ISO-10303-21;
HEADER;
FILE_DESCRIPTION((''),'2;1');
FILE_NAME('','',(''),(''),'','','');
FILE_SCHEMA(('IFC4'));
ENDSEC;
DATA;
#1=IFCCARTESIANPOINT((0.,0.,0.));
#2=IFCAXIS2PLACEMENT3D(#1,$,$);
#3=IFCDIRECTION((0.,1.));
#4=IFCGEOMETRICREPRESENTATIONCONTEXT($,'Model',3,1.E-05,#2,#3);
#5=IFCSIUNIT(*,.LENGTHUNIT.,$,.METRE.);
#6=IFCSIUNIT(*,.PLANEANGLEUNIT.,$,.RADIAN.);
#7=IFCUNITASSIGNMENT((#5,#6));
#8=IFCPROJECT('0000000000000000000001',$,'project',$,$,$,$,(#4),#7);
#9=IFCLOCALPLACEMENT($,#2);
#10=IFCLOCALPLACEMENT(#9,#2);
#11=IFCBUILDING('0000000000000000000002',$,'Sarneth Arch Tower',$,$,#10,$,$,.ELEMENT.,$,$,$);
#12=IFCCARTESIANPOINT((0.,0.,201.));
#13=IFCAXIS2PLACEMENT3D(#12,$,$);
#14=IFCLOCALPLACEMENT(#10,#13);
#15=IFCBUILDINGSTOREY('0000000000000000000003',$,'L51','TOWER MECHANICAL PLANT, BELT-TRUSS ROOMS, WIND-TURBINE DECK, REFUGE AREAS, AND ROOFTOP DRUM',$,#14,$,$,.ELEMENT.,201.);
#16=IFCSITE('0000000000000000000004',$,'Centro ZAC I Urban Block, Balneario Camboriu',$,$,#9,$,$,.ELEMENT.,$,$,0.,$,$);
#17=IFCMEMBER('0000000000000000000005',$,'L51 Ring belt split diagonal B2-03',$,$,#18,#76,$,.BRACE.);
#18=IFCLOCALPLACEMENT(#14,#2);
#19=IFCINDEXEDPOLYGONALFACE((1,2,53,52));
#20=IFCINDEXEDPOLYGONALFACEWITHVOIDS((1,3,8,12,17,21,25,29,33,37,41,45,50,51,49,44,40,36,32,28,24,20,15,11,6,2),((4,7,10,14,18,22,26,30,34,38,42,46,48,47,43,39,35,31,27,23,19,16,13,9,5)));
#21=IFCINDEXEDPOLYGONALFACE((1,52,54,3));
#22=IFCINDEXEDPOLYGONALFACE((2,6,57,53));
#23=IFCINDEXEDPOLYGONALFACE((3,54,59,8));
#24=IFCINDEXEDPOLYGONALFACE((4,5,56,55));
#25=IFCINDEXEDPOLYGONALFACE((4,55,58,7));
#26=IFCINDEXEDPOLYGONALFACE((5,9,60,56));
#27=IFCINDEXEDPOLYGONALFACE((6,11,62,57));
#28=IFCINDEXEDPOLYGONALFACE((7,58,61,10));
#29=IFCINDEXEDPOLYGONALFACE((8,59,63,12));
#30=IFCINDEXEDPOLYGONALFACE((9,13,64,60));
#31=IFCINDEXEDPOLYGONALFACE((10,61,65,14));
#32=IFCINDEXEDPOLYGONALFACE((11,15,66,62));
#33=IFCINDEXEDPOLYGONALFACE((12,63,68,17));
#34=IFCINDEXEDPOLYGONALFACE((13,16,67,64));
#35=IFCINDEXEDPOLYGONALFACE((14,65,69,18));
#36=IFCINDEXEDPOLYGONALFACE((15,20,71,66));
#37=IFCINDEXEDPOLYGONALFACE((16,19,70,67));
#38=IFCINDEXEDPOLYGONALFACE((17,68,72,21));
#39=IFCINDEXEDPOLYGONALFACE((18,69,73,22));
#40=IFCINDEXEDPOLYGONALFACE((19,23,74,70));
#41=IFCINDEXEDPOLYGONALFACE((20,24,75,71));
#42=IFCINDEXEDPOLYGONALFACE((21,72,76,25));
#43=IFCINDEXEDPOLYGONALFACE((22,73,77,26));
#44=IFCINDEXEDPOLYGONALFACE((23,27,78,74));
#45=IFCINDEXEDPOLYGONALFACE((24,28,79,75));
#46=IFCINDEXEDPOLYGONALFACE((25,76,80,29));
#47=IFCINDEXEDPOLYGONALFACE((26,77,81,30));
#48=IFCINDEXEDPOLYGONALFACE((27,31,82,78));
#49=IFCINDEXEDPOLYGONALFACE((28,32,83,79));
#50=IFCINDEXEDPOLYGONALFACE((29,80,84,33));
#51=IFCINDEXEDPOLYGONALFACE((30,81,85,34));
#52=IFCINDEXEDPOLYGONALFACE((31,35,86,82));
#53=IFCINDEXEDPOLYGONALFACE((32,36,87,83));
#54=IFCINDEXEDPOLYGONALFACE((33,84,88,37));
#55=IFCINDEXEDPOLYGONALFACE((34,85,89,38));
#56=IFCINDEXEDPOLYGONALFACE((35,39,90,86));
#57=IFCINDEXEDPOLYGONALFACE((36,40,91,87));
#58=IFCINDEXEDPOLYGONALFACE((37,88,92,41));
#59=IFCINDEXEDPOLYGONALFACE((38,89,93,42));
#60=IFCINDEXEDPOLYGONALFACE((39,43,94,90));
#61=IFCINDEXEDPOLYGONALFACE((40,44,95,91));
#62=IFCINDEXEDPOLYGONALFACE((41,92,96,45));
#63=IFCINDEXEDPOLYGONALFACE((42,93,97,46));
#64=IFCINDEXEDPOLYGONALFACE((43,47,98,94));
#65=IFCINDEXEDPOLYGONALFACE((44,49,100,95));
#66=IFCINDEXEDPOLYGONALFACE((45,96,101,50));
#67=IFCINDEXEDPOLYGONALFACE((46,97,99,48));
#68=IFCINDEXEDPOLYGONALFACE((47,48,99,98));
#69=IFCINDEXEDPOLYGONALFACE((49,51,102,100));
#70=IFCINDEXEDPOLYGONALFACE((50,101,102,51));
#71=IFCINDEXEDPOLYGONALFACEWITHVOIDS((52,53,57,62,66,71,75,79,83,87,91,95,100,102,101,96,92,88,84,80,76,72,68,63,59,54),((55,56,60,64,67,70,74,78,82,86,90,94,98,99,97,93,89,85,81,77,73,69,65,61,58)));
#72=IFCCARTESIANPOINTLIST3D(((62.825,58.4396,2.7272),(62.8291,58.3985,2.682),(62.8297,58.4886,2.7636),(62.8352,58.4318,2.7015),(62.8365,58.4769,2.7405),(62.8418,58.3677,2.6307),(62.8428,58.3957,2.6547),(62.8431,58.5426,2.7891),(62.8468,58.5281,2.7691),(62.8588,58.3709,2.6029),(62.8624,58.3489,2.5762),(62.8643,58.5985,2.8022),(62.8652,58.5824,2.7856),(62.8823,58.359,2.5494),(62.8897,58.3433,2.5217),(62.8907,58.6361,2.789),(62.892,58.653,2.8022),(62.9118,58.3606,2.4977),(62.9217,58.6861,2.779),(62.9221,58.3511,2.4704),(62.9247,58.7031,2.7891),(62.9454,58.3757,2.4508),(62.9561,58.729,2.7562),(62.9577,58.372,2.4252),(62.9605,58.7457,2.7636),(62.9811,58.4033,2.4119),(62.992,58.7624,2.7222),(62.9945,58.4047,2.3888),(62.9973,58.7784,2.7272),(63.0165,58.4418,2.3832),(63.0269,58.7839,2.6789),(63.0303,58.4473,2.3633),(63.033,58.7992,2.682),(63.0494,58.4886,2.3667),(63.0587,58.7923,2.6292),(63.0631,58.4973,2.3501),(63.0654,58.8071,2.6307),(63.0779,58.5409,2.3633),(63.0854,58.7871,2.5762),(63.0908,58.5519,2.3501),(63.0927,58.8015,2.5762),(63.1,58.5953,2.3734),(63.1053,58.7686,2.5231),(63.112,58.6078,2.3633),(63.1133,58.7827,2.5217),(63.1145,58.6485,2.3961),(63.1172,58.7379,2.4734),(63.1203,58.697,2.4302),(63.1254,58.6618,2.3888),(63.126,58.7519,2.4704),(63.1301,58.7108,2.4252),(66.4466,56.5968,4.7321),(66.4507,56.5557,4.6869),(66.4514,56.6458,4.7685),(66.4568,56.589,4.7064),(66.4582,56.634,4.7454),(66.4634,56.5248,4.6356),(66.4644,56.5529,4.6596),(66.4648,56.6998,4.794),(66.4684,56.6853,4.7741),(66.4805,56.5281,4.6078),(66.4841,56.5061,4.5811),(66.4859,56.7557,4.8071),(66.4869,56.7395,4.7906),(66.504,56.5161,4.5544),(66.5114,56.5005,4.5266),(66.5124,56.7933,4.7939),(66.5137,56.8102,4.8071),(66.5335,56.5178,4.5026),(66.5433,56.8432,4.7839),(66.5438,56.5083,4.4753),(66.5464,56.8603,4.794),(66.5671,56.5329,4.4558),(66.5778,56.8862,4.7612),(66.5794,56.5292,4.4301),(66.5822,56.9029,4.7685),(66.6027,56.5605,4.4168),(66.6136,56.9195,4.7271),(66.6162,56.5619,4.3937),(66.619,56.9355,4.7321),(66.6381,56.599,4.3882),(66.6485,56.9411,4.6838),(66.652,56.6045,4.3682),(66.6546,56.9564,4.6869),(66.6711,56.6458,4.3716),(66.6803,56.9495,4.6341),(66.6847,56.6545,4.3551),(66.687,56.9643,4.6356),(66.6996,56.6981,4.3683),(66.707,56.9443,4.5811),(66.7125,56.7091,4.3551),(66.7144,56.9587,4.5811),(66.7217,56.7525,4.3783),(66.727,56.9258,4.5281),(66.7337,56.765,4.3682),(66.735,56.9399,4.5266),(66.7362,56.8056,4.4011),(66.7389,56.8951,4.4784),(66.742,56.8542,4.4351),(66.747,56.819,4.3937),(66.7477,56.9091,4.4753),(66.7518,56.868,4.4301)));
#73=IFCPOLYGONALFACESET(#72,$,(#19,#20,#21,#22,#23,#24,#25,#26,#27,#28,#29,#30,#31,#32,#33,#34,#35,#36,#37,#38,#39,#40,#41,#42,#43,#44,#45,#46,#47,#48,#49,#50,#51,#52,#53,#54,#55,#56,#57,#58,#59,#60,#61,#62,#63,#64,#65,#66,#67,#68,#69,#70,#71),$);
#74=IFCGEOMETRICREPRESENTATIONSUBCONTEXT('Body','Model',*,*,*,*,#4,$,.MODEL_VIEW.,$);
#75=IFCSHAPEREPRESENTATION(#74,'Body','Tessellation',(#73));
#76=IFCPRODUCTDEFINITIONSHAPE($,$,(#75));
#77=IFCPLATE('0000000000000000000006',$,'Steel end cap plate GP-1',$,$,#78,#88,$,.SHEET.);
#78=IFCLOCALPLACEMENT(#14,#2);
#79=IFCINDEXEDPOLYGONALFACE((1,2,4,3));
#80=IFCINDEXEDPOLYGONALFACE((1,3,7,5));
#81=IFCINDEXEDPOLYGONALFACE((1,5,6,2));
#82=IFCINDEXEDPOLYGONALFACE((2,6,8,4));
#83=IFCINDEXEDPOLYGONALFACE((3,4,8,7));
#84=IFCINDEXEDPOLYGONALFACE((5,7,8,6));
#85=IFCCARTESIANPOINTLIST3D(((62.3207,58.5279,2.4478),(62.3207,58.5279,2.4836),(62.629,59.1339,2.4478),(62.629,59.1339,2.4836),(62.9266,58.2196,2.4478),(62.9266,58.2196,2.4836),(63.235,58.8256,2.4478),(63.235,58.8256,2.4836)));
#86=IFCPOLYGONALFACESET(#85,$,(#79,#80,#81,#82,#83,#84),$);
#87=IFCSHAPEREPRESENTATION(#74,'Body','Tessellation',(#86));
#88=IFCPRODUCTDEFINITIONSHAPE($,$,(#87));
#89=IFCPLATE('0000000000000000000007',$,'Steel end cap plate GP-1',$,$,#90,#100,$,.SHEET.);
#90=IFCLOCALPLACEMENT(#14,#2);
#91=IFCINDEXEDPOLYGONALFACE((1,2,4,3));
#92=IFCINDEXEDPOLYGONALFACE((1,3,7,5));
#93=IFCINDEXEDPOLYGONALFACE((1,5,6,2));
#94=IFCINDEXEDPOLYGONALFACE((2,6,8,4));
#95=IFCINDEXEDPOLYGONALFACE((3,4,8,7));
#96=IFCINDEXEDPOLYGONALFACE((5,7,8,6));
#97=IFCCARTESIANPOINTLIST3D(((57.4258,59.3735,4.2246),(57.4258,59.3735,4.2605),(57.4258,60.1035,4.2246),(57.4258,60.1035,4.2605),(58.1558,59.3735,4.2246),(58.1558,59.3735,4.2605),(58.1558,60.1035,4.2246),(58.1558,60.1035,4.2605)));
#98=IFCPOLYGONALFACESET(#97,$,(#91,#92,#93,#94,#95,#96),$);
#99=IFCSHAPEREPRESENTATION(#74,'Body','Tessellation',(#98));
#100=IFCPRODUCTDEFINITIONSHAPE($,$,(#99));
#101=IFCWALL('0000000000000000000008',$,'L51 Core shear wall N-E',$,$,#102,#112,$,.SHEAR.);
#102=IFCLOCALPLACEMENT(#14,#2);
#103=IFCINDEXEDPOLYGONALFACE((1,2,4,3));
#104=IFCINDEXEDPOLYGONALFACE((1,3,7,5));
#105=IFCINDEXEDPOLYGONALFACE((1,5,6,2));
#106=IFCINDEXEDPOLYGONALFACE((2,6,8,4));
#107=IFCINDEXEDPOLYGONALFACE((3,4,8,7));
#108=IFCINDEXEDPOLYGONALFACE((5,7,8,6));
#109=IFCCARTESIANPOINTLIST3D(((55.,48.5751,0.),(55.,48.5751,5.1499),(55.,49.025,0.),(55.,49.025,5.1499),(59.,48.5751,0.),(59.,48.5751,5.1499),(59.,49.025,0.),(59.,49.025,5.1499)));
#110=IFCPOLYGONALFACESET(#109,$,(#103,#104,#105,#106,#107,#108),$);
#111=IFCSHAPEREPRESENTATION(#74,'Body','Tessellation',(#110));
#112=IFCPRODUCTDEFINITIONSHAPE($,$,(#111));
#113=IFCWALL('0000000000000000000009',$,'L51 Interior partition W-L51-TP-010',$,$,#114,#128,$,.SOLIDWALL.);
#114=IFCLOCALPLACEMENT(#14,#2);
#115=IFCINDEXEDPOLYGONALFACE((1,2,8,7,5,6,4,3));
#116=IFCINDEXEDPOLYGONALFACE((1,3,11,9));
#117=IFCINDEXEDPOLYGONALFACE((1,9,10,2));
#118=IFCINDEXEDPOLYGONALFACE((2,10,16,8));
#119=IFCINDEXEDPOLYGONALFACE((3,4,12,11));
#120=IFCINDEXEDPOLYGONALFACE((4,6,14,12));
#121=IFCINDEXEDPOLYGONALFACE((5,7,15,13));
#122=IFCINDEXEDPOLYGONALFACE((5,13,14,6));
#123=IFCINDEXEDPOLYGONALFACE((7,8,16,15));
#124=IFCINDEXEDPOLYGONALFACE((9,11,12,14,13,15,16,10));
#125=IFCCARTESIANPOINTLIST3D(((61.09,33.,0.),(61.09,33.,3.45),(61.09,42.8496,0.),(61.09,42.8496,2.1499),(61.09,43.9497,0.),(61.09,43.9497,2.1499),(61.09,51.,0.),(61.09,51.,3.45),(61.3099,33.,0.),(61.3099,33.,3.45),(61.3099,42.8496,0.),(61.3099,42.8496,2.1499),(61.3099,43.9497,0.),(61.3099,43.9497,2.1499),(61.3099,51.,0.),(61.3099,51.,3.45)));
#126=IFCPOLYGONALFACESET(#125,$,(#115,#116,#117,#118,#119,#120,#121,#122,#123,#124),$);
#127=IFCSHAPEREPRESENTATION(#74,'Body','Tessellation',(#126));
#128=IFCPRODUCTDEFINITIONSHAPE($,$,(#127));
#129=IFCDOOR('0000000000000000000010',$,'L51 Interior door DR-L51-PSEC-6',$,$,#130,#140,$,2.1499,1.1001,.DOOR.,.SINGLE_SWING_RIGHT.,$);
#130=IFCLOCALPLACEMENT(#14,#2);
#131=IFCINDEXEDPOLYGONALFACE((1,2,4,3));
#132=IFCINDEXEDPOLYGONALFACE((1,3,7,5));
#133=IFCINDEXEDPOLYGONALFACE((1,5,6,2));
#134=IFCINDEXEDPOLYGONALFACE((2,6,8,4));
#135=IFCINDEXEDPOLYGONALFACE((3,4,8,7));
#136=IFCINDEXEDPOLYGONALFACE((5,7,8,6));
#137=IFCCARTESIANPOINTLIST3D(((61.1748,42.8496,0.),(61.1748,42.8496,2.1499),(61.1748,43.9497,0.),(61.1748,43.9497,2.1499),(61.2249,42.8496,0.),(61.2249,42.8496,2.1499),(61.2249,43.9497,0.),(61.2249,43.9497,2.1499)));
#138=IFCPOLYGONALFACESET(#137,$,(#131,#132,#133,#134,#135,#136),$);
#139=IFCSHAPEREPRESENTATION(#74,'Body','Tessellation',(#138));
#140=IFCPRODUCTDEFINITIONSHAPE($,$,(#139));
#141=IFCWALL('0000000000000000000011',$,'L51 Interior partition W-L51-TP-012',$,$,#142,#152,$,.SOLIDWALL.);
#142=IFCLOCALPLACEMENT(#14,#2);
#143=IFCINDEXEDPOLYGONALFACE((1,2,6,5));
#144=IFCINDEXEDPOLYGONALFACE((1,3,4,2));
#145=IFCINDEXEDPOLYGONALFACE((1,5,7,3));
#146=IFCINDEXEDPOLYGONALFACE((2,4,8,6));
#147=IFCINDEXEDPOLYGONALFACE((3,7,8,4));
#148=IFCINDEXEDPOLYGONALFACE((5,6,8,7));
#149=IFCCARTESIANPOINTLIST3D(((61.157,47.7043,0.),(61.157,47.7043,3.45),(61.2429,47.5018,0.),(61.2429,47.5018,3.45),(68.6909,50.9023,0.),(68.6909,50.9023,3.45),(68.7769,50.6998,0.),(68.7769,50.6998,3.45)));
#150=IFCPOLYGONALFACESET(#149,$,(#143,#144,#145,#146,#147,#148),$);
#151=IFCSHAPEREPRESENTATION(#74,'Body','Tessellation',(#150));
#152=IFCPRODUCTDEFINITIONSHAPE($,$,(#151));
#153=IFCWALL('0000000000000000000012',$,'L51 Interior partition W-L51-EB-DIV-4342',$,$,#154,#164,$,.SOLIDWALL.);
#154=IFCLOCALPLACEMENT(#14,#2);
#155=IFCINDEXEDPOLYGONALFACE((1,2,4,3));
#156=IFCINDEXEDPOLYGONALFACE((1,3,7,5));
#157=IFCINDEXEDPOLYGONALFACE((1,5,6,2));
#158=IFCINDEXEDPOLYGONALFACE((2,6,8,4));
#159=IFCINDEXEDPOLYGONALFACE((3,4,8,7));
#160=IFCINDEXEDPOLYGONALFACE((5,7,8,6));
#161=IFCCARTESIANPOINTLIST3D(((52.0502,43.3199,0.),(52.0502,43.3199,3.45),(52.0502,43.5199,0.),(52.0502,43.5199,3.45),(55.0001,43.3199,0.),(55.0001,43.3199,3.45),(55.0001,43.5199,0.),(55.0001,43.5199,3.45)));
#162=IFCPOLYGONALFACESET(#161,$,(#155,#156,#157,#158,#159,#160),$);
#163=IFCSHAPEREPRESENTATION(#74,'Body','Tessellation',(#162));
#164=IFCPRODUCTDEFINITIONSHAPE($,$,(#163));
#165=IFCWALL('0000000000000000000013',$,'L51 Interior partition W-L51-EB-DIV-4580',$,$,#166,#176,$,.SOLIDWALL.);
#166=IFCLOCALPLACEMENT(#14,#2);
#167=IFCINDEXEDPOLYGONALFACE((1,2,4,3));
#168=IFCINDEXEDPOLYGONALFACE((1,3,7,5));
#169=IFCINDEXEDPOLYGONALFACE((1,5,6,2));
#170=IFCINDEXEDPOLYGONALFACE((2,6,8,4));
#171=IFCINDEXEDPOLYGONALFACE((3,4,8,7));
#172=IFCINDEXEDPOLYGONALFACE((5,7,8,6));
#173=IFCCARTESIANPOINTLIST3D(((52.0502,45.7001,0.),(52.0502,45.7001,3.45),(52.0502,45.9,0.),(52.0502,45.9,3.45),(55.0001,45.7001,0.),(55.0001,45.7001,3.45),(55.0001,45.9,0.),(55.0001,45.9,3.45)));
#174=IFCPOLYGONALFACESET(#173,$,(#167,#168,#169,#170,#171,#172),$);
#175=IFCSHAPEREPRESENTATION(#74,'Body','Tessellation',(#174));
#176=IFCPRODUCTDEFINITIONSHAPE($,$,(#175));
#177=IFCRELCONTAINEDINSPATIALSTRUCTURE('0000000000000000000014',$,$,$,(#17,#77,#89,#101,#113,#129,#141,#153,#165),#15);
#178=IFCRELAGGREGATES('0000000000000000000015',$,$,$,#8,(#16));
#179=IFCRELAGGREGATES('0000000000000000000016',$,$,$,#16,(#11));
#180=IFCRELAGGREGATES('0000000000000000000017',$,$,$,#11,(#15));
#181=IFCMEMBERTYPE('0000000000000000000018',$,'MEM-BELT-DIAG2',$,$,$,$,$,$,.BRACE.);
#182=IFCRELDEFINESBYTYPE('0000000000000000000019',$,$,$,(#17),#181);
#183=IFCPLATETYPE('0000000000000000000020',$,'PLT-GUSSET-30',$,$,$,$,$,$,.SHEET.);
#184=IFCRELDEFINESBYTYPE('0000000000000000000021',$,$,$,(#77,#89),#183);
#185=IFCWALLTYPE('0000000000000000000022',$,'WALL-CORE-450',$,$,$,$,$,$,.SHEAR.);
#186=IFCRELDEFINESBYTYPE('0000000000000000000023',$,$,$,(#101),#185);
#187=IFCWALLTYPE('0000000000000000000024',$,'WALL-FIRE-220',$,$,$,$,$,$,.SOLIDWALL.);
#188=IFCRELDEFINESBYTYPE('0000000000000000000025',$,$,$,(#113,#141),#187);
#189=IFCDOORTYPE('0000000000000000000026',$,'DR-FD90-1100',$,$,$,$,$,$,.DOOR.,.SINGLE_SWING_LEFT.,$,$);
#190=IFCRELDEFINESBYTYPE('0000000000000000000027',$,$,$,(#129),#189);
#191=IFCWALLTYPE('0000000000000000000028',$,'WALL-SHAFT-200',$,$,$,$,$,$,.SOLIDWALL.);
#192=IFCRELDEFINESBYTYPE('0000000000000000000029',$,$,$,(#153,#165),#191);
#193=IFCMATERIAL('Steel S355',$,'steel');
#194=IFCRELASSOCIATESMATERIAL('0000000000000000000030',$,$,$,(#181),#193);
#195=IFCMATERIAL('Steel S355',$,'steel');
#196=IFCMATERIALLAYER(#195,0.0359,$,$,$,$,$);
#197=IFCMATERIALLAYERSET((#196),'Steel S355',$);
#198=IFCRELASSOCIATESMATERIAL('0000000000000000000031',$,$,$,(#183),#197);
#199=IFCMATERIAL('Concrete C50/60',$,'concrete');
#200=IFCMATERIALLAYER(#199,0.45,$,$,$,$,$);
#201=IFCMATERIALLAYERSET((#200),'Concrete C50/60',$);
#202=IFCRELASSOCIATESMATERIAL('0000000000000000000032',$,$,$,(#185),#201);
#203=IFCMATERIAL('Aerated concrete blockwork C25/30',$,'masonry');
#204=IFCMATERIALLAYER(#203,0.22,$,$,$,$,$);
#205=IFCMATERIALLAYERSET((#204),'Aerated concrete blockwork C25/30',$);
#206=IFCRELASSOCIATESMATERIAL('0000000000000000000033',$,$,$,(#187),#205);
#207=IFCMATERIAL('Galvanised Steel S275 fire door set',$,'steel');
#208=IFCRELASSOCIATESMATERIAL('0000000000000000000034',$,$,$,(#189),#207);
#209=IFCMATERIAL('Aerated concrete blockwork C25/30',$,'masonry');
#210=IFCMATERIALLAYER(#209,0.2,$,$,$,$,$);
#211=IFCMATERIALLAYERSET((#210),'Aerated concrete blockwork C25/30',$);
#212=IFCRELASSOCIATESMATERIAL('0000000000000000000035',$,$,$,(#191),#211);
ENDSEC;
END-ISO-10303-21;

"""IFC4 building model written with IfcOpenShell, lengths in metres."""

from ifc_helpers import new_model, si_unit, direction, frame, frame_2d, origin, origin_2d, place, context, subcontext, project, spatial, rectangle, hollow_circle, extrude, material, layer, layer_set, material_profile, profile_set, type_object, element, fill, save


model = new_model("IFC4")

# Units and contexts
model_context = context("Model", 3, precision=1e-05, world=origin(), true_north=direction((0.0, 1.0)))
body_context = subcontext(model_context, "Body", "Model", "MODEL_VIEW")
ifc_project = project(units=[si_unit("LENGTHUNIT", "METRE"), si_unit("PLANEANGLEUNIT", "RADIAN")], contexts=[model_context])

# Site, building, storey
site_placement = place(None, origin())
site = spatial("IfcSite", under=ifc_project, at=site_placement, Name="Centro ZAC I Urban Block, Balneario Camboriu", CompositionType="ELEMENT", RefElevation=0.0)
building_placement = place(site_placement, origin())
building = spatial("IfcBuilding", under=site, at=building_placement, Name="Sarneth Arch Tower", CompositionType="ELEMENT")
storey_placement = place(building_placement, frame((0.0, 0.0, 201.0)))
storey = spatial("IfcBuildingStorey", under=building, at=storey_placement, Name="L51", Description="TOWER MECHANICAL PLANT, BELT-TRUSS ROOMS, WIND-TURBINE DECK, REFUGE AREAS, AND ROOFTOP DRUM", CompositionType="ELEMENT", Elevation=201.0)

# Member
ifc_material_1 = material(Name="Steel S355", Category="steel")
ifc_material_profile_1 = material_profile(ifc_material_1, hollow_circle(Radius=0.2539, WallThickness=0.0161, at=origin_2d()), Name="CHS508x16")
ifc_profile_set_1 = profile_set([ifc_material_profile_1], Name="Steel S355")
member_type = type_object("IfcMemberType", Name="MEM-BELT-DIAG2", PredefinedType="BRACE", material=ifc_profile_set_1)
member_placement = place(storey_placement, frame((62.9775, 58.5752, 2.5762), z_axis=(0.799265, -0.406691, 0.442468), x_axis=(0.453499, 0.891257, 0.0)))
element("IfcMember", 1, at=member_placement, inside=storey, type_object=member_type, Name="L51 Ring belt split diagonal B2-03", PredefinedType="BRACE", context=body_context, shape_type="SweptSolid", body=[
    extrude(hollow_circle(Radius=0.2539, WallThickness=0.0161, at=origin_2d()), origin(), (0.0, 0.0, 1.0), 4.5312),
])

# Plates
ifc_material_2 = material(Name="Steel S355", Category="steel")
ifc_layer_1 = layer(ifc_material_2, 0.0359)
ifc_layer_set_1 = layer_set([ifc_layer_1], Name="Steel S355")
plate_type = type_object("IfcPlateType", Name="PLT-GUSSET-30", PredefinedType="SHEET", material=ifc_layer_set_1)
plate_1_placement = place(storey_placement, frame((62.7778, 58.6768, 2.4478), z_axis=(0.0, 0.0, 1.0), x_axis=(-0.891244, 0.453524, 0.0)))
element("IfcPlate", 2, at=plate_1_placement, inside=storey, type_object=plate_type, Name="Steel end cap plate GP-1", PredefinedType="SHEET", context=body_context, shape_type="SweptSolid", body=[
    extrude(rectangle(XDim=0.6799, YDim=0.6799, at=origin_2d()), origin(), (0.0, 0.0, 1.0), 0.0359),
])
plate_2_placement = place(storey_placement, frame((57.7908, 59.7385, 4.2246), z_axis=(0.0, 0.0, 1.0), x_axis=(1.0, 0.0, 0.0)))
element("IfcPlate", 3, at=plate_2_placement, inside=storey, type_object=plate_type, Name="Steel end cap plate GP-1", PredefinedType="SHEET", context=body_context, shape_type="SweptSolid", body=[
    extrude(rectangle(XDim=0.73, YDim=0.73, at=origin_2d()), origin(), (0.0, 0.0, 1.0), 0.0359),
])

# Wall
ifc_material_3 = material(Name="Concrete C50/60", Category="concrete")
ifc_layer_2 = layer(ifc_material_3, 0.45)
ifc_layer_set_2 = layer_set([ifc_layer_2], Name="Concrete C50/60")
wall_type_1 = type_object("IfcWallType", Name="WALL-CORE-450", PredefinedType="SHEAR", material=ifc_layer_set_2)
wall_1_placement = place(storey_placement, frame((55.0, 48.8, 0.0), z_axis=(0.0, 0.0, 1.0), x_axis=(1.0, 0.0, 0.0)))
element("IfcWall", 4, at=wall_1_placement, inside=storey, type_object=wall_type_1, Name="L51 Core shear wall N-E", PredefinedType="SHEAR", context=body_context, shape_type="SweptSolid", body=[
    extrude(rectangle(XDim=4.0, YDim=0.45, at=frame_2d((2.0, 0.0))), origin(), (0.0, 0.0, 1.0), 5.1499),
])

# Wall, opening, door
ifc_material_4 = material(Name="Aerated concrete blockwork C25/30", Category="masonry")
ifc_layer_3 = layer(ifc_material_4, 0.22)
ifc_layer_set_3 = layer_set([ifc_layer_3], Name="Aerated concrete blockwork C25/30")
wall_type_2 = type_object("IfcWallType", Name="WALL-FIRE-220", PredefinedType="SOLIDWALL", material=ifc_layer_set_3)
wall_2_placement = place(storey_placement, frame((61.2, 51.0, 0.0), z_axis=(0.0, 0.0, 1.0), x_axis=(0.0, -1.0, 0.0)))
wall_2 = element("IfcWall", 5, at=wall_2_placement, inside=storey, type_object=wall_type_2, Name="L51 Interior partition W-L51-TP-010", PredefinedType="SOLIDWALL", context=body_context, shape_type="SweptSolid", body=[
    extrude(rectangle(XDim=18.0, YDim=0.22, at=frame_2d((9.0, 0.0))), origin(), (0.0, 0.0, 1.0), 3.45),
])
opening_placement = place(wall_2_placement, frame((7.0503, 0.0, 0.0)))
opening = element("IfcOpeningElement", 6, at=opening_placement, cuts=wall_2, PredefinedType="OPENING", context=body_context, shape_type="SweptSolid", body=[
    extrude(rectangle(XDim=1.1001, YDim=2.1499, at=frame_2d((0.55, 1.075))), frame((0.0, 0.1199, 0.0), z_axis=(0.0, -1.0, 0.0), x_axis=(1.0, 0.0, 0.0)), (0.0, 0.0, 1.0), 0.24),
])
ifc_material_5 = material(Name="Galvanised Steel S275 fire door set", Category="steel")
door_type = type_object("IfcDoorType", Name="DR-FD90-1100", OperationType="SINGLE_SWING_LEFT", PredefinedType="DOOR", material=ifc_material_5)
door_placement = place(opening_placement, origin())
door = element("IfcDoor", 7, at=door_placement, inside=storey, type_object=door_type, Name="L51 Interior door DR-L51-PSEC-6", OperationType="SINGLE_SWING_RIGHT", OverallHeight=2.1499, OverallWidth=1.1001, PredefinedType="DOOR", context=body_context, shape_type="SweptSolid", body=[
    extrude(rectangle(XDim=1.1001, YDim=2.1499, at=frame_2d((0.55, 1.075))), frame((0.0, 0.0249, 0.0), z_axis=(0.0, -1.0, 0.0), x_axis=(1.0, 0.0, 0.0)), (0.0, 0.0, 1.0), 0.05),
])
fill(opening, door)

# Walls
wall_3_placement = place(storey_placement, frame((61.2, 47.603, 0.0), z_axis=(0.0, 0.0, 1.0), x_axis=(0.920503, 0.390734, 0.0)))
element("IfcWall", 8, at=wall_3_placement, inside=storey, type_object=wall_type_2, Name="L51 Interior partition W-L51-TP-012", PredefinedType="SOLIDWALL", context=body_context, shape_type="SweptSolid", body=[
    extrude(rectangle(XDim=8.1846, YDim=0.22, at=frame_2d((4.0923, 0.0))), origin(), (0.0, 0.0, 1.0), 3.45),
])
ifc_material_6 = material(Name="Aerated concrete blockwork C25/30", Category="masonry")
ifc_layer_4 = layer(ifc_material_6, 0.2)
ifc_layer_set_4 = layer_set([ifc_layer_4], Name="Aerated concrete blockwork C25/30")
wall_type_3 = type_object("IfcWallType", Name="WALL-SHAFT-200", PredefinedType="SOLIDWALL", material=ifc_layer_set_4)
for number, where, z_axis, x_axis, name in (
    (9, (52.05, 43.4199, 0.0), (0.0, 0.0, 1.0), (1.0, 0.0, 0.0), "L51 Interior partition W-L51-EB-DIV-4342"),
    (10, (52.05, 45.8, 0.0), (0.0, 0.0, 1.0), (1.0, 0.0, 0.0), "L51 Interior partition W-L51-EB-DIV-4580"),
):
    element("IfcWall", number, at=place(storey_placement, frame(where, z_axis=z_axis, x_axis=x_axis)), inside=storey, type_object=wall_type_3, Name=name, PredefinedType="SOLIDWALL", context=body_context, shape_type="SweptSolid", body=[
        extrude(rectangle(XDim=2.95, YDim=0.2, at=frame_2d((1.4751, 0.0))), origin(), (0.0, 0.0, 1.0), 3.45),
    ])

save(model, "model.ifc")
